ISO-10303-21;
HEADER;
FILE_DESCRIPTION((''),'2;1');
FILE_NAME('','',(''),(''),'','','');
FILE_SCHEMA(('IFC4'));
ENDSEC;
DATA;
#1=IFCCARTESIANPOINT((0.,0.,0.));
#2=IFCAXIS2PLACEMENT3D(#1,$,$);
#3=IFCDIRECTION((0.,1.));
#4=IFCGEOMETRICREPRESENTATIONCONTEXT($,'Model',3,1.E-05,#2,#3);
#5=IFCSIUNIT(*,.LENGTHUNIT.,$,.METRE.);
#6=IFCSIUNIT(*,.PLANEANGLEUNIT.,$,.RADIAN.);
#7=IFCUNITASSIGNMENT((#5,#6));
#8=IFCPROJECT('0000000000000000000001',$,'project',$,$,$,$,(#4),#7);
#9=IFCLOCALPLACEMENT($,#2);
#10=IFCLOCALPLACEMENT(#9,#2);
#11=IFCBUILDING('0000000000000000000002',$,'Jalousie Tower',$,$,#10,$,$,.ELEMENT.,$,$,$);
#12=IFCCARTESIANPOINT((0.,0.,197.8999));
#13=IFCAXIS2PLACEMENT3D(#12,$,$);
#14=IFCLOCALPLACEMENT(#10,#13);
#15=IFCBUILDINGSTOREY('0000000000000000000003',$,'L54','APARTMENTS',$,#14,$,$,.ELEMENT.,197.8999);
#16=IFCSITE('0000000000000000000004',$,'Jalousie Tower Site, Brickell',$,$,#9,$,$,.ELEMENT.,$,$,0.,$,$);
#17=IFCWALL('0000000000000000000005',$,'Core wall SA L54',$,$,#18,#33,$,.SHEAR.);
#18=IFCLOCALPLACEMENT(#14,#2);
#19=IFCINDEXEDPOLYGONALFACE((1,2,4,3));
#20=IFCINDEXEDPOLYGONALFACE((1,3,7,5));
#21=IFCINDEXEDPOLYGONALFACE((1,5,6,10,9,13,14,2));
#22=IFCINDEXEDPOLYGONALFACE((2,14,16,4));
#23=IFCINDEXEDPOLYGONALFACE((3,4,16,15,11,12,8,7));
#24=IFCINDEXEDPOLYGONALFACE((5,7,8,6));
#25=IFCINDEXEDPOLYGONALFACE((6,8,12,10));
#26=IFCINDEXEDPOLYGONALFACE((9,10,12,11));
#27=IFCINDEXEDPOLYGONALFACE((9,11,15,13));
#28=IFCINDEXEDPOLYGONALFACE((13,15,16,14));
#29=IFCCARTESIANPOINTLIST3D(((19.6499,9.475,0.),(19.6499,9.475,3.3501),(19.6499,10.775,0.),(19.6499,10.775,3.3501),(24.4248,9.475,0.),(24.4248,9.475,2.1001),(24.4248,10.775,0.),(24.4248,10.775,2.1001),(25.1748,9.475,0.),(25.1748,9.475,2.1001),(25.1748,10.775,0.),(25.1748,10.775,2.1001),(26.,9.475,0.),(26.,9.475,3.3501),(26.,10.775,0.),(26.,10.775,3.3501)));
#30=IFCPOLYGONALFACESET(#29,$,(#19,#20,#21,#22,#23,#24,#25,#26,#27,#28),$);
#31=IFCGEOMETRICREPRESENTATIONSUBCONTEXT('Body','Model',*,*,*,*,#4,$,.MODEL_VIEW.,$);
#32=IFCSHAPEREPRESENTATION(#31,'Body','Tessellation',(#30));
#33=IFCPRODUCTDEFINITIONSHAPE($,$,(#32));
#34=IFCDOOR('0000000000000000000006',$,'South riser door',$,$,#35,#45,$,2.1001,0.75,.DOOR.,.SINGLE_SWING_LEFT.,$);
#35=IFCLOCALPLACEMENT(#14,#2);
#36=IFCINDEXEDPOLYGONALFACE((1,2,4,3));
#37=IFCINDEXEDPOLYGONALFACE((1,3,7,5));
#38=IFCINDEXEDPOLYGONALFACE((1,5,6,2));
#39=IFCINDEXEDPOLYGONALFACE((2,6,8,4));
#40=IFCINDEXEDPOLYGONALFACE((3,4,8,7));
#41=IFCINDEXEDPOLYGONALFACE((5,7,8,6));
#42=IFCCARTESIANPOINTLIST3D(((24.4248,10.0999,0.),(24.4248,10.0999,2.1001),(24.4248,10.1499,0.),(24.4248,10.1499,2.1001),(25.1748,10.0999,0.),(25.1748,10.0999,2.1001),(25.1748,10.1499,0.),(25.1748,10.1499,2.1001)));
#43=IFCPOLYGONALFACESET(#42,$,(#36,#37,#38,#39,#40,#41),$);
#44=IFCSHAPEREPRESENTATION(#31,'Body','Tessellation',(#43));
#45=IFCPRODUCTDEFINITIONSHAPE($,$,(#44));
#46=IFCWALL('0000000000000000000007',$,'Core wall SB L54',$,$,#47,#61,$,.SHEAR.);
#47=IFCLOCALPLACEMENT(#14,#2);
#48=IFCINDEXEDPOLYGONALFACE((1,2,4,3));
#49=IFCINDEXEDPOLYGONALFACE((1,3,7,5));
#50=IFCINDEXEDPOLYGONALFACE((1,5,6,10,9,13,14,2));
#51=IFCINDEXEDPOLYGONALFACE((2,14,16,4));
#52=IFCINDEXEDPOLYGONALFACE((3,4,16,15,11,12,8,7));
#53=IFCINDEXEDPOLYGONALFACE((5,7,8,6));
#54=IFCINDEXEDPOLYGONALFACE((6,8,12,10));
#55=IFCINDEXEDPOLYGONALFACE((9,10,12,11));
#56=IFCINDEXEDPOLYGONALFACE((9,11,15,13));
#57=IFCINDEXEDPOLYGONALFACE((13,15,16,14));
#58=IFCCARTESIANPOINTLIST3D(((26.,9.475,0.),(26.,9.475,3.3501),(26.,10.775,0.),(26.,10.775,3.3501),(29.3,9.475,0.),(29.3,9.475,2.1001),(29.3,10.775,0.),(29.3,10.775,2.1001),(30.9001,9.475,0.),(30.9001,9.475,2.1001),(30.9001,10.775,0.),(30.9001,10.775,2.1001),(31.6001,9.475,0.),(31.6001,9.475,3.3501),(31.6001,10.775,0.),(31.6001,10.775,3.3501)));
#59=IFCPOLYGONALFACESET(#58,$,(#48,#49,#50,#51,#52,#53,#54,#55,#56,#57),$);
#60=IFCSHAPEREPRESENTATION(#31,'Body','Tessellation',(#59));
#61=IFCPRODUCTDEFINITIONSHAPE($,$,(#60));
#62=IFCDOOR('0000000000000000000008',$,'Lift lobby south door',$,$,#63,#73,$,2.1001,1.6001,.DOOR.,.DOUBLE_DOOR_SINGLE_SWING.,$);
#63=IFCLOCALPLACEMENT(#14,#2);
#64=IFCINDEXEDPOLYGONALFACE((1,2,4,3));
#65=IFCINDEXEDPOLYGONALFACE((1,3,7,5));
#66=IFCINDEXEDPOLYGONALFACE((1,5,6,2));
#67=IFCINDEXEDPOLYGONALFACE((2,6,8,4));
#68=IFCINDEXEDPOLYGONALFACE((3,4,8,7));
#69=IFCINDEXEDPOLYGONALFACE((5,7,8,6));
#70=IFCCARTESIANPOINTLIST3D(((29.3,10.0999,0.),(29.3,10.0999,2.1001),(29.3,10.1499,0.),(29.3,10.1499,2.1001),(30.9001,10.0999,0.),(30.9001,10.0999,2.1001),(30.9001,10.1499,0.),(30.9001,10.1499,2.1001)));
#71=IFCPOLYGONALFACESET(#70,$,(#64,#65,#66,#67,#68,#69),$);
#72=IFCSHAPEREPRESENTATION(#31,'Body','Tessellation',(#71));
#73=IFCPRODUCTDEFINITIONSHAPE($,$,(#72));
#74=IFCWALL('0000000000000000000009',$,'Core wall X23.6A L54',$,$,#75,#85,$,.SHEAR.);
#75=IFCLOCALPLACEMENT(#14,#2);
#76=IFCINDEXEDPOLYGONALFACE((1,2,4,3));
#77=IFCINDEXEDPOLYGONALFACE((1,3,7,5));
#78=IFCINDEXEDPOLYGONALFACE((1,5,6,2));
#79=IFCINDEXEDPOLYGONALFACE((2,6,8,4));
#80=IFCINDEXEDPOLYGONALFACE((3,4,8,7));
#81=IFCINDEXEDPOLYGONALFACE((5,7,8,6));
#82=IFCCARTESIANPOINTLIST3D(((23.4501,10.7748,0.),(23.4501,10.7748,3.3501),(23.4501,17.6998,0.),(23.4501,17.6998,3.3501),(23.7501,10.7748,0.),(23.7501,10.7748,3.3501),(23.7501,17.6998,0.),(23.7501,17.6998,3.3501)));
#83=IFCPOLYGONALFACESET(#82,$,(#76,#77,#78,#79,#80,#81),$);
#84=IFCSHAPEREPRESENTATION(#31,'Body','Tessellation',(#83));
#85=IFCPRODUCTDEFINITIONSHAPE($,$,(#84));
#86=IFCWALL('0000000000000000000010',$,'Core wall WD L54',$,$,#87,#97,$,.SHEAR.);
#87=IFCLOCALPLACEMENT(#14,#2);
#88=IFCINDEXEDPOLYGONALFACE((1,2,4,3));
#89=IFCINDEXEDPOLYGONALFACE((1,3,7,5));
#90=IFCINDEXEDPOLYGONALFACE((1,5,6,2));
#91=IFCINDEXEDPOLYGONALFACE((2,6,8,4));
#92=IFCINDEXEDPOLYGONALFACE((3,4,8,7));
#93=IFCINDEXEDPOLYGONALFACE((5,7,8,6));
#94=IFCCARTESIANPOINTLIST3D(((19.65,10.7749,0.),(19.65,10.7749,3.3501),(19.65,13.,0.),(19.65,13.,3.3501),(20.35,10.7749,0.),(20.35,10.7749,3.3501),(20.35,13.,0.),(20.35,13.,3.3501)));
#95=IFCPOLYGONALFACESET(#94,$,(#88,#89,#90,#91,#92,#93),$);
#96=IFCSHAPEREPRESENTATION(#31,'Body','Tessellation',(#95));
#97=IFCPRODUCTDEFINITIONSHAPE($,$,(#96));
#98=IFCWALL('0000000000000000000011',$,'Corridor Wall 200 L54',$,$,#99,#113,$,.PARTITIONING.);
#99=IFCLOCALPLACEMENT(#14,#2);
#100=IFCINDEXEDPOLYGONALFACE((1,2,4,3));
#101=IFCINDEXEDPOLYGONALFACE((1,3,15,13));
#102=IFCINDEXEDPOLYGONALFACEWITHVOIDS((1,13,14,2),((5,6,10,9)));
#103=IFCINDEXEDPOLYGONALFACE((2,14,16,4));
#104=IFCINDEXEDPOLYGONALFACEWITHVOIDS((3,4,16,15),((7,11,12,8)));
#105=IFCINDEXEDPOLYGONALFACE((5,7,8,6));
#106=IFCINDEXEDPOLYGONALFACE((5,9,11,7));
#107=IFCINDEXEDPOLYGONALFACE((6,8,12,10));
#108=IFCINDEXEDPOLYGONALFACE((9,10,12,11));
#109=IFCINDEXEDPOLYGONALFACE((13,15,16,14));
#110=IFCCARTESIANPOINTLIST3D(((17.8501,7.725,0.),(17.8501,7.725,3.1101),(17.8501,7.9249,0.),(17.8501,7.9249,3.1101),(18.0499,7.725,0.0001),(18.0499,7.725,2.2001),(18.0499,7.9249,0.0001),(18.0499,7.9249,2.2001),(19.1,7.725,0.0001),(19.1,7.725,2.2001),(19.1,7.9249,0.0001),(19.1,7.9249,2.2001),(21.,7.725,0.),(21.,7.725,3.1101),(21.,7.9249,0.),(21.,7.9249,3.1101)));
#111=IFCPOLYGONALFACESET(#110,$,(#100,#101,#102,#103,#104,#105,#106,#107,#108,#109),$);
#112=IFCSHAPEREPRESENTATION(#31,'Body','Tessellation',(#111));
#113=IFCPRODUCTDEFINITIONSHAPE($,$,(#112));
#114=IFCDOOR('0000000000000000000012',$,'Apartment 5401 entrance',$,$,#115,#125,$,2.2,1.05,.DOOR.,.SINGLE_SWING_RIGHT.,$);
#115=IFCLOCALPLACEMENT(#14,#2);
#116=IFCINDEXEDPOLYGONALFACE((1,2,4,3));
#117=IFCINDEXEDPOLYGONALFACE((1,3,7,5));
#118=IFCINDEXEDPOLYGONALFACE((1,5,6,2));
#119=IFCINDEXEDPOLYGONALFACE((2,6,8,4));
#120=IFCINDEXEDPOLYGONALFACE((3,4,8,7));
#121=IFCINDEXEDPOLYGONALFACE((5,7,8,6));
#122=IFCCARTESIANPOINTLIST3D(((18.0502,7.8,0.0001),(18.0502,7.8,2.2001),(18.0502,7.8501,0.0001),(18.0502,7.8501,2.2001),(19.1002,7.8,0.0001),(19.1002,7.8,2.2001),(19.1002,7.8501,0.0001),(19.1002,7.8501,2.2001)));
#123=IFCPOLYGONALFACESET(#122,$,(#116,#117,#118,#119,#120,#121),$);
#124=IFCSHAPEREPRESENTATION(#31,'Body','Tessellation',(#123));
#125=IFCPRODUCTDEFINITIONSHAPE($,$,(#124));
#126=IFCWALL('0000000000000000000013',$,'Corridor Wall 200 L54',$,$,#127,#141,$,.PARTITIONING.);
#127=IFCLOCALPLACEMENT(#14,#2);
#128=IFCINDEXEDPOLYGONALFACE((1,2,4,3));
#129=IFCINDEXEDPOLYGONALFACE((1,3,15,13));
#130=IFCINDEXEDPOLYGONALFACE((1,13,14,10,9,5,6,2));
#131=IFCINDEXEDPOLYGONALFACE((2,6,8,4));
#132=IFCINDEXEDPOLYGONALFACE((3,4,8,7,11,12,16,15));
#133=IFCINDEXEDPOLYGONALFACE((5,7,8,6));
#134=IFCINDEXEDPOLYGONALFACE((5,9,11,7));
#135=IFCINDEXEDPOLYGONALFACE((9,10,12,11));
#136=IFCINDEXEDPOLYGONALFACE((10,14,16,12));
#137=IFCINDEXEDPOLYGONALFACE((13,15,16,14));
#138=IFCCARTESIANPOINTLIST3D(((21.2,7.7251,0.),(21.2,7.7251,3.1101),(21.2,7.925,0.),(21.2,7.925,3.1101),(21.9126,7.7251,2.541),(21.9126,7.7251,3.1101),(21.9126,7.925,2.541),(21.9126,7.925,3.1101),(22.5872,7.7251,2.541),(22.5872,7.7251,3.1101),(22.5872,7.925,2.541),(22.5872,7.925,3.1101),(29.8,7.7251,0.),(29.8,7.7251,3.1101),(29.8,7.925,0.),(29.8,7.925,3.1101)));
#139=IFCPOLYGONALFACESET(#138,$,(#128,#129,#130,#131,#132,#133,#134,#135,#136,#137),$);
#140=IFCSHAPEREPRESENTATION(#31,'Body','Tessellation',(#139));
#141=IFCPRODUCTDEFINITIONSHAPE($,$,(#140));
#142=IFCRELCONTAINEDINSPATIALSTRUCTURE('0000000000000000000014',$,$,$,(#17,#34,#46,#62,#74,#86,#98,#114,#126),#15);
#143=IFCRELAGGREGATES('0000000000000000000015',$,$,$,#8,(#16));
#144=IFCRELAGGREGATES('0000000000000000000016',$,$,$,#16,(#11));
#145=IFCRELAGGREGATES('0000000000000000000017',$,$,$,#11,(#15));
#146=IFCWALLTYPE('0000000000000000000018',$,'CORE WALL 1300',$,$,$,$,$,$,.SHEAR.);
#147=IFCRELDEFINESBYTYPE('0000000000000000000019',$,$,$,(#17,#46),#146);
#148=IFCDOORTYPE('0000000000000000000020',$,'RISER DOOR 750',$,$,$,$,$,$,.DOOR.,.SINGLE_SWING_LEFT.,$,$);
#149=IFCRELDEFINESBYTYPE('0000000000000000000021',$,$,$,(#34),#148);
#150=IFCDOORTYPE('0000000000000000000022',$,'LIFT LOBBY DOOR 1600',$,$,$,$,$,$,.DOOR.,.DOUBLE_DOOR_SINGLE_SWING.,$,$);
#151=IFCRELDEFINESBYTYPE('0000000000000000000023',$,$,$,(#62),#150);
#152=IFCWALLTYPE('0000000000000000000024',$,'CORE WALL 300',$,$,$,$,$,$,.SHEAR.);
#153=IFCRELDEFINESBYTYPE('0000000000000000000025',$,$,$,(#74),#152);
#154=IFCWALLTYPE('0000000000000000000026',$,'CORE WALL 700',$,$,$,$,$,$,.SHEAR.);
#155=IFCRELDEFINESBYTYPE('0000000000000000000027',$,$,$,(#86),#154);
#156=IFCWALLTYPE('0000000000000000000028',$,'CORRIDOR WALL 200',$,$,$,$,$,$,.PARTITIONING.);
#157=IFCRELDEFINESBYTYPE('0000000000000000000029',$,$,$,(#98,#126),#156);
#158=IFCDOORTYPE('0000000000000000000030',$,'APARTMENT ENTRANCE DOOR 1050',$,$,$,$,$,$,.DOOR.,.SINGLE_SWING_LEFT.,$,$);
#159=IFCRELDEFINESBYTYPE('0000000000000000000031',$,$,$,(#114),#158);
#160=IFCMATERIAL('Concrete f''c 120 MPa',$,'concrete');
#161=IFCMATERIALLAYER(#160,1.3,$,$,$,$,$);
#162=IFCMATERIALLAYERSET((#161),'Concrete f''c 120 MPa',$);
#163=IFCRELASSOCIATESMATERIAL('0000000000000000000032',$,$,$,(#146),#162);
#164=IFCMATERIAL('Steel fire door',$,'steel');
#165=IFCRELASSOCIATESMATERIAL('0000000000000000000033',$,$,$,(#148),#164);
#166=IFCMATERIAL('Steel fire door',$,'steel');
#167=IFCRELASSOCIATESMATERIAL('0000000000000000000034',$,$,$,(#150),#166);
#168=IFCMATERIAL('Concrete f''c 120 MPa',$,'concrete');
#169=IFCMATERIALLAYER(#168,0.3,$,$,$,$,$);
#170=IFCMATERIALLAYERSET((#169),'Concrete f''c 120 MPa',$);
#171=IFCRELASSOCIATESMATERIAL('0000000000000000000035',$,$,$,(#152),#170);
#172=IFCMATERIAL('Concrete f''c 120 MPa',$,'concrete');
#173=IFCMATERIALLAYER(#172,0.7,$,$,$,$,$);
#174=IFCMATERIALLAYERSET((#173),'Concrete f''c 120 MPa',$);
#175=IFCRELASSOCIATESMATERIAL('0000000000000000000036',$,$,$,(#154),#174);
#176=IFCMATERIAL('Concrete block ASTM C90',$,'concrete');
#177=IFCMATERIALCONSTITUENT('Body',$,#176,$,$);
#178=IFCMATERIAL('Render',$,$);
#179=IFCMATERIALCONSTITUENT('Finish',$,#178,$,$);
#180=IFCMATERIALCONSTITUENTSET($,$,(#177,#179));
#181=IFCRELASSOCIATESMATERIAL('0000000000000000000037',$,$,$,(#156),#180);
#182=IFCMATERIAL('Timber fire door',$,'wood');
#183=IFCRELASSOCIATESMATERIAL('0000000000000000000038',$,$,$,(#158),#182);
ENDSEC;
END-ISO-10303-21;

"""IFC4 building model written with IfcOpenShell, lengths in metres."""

from ifc_helpers import new_model, si_unit, direction, frame, frame_2d, origin, place, context, subcontext, project, spatial, polyline, rectangle, outline, extrude, material, layer, layer_set, constituent, constituent_set, type_object, element, fill, save


model = new_model("IFC4")

# Units and contexts
model_context = context("Model", 3, precision=1e-05, world=origin(), true_north=direction((0.0, 1.0)))
body_context = subcontext(model_context, "Body", "Model", "MODEL_VIEW")
ifc_project = project(units=[si_unit("LENGTHUNIT", "METRE"), si_unit("PLANEANGLEUNIT", "RADIAN")], contexts=[model_context])

# Site, building, storey
site_placement = place(None, origin())
site = spatial("IfcSite", under=ifc_project, at=site_placement, Name="Jalousie Tower Site, Brickell", CompositionType="ELEMENT", RefElevation=0.0)
building_placement = place(site_placement, origin())
building = spatial("IfcBuilding", under=site, at=building_placement, Name="Jalousie Tower", CompositionType="ELEMENT")
storey_placement = place(building_placement, frame((0.0, 0.0, 197.8999)))
storey = spatial("IfcBuildingStorey", under=building, at=storey_placement, Name="L54", Description="APARTMENTS", CompositionType="ELEMENT", Elevation=197.8999)

# Walls, openings, doors
ifc_material_1 = material(Name="Concrete f'c 120 MPa", Category="concrete")
ifc_layer_1 = layer(ifc_material_1, 1.3)
ifc_layer_set_1 = layer_set([ifc_layer_1], Name="Concrete f'c 120 MPa")
wall_type_1 = type_object("IfcWallType", Name="CORE WALL 1300", PredefinedType="SHEAR", material=ifc_layer_set_1)
wall_1_placement = place(storey_placement, frame((19.6499, 10.125, 0.0), z_axis=(0.0, 0.0, 1.0), x_axis=(1.0, 0.0, 0.0)))
wall_1 = element("IfcWall", 1, at=wall_1_placement, inside=storey, type_object=wall_type_1, Name="Core wall SA L54", PredefinedType="SHEAR", context=body_context, shape_type="SweptSolid", body=[
    extrude(rectangle(XDim=6.3501, YDim=1.3, at=frame_2d((3.175, 0.0))), origin(), (0.0, 0.0, 1.0), 3.3501),
])
opening_1_placement = place(wall_1_placement, frame((4.7749, 0.0, 0.0)))
opening_1 = element("IfcOpeningElement", 2, at=opening_1_placement, cuts=wall_1, PredefinedType="OPENING", context=body_context, shape_type="SweptSolid", body=[
    extrude(rectangle(XDim=0.75, YDim=2.1001, at=frame_2d((0.375, 1.05))), frame((0.0, 0.6599, 0.0), z_axis=(0.0, -1.0, 0.0), x_axis=(1.0, 0.0, 0.0)), (0.0, 0.0, 1.0), 1.3201),
])
ifc_material_2 = material(Name="Steel fire door", Category="steel")
door_type_1 = type_object("IfcDoorType", Name="RISER DOOR 750", OperationType="SINGLE_SWING_LEFT", PredefinedType="DOOR", material=ifc_material_2)
door_1_placement = place(opening_1_placement, origin())
door_1 = element("IfcDoor", 3, at=door_1_placement, inside=storey, type_object=door_type_1, Name="South riser door", OperationType="SINGLE_SWING_LEFT", OverallHeight=2.1001, OverallWidth=0.75, PredefinedType="DOOR", context=body_context, shape_type="SweptSolid", body=[
    extrude(rectangle(XDim=0.75, YDim=2.1001, at=frame_2d((0.375, 1.05))), frame((0.0, 0.0249, 0.0), z_axis=(0.0, -1.0, 0.0), x_axis=(1.0, 0.0, 0.0)), (0.0, 0.0, 1.0), 0.05),
])
fill(opening_1, door_1)
wall_2_placement = place(storey_placement, frame((26.0, 10.125, 0.0), z_axis=(0.0, 0.0, 1.0), x_axis=(1.0, 0.0, 0.0)))
wall_2 = element("IfcWall", 4, at=wall_2_placement, inside=storey, type_object=wall_type_1, Name="Core wall SB L54", PredefinedType="SHEAR", context=body_context, shape_type="SweptSolid", body=[
    extrude(rectangle(XDim=5.6001, YDim=1.3, at=frame_2d((2.8, 0.0))), origin(), (0.0, 0.0, 1.0), 3.3501),
])
opening_2_placement = place(wall_2_placement, frame((3.3, 0.0, 0.0)))
opening_2 = element("IfcOpeningElement", 5, at=opening_2_placement, cuts=wall_2, PredefinedType="OPENING", context=body_context, shape_type="SweptSolid", body=[
    extrude(rectangle(XDim=1.6001, YDim=2.1001, at=frame_2d((0.8, 1.05))), frame((0.0, 0.6599, 0.0), z_axis=(0.0, -1.0, 0.0), x_axis=(1.0, 0.0, 0.0)), (0.0, 0.0, 1.0), 1.3201),
])
ifc_material_3 = material(Name="Steel fire door", Category="steel")
door_type_2 = type_object("IfcDoorType", Name="LIFT LOBBY DOOR 1600", OperationType="DOUBLE_DOOR_SINGLE_SWING", PredefinedType="DOOR", material=ifc_material_3)
door_2_placement = place(opening_2_placement, origin())
door_2 = element("IfcDoor", 6, at=door_2_placement, inside=storey, type_object=door_type_2, Name="Lift lobby south door", OperationType="DOUBLE_DOOR_SINGLE_SWING", OverallHeight=2.1001, OverallWidth=1.6001, PredefinedType="DOOR", context=body_context, shape_type="SweptSolid", body=[
    extrude(rectangle(XDim=1.6001, YDim=2.1001, at=frame_2d((0.8, 1.05))), frame((0.0, 0.0249, 0.0), z_axis=(0.0, -1.0, 0.0), x_axis=(1.0, 0.0, 0.0)), (0.0, 0.0, 1.0), 0.05),
])
fill(opening_2, door_2)

# Walls
ifc_material_4 = material(Name="Concrete f'c 120 MPa", Category="concrete")
ifc_layer_2 = layer(ifc_material_4, 0.3)
ifc_layer_set_2 = layer_set([ifc_layer_2], Name="Concrete f'c 120 MPa")
wall_type_2 = type_object("IfcWallType", Name="CORE WALL 300", PredefinedType="SHEAR", material=ifc_layer_set_2)
wall_3_placement = place(storey_placement, frame((23.6001, 10.7749, 0.0), z_axis=(0.0, 0.0, 1.0), x_axis=(0.0, 1.0, 0.0)))
element("IfcWall", 7, at=wall_3_placement, inside=storey, type_object=wall_type_2, Name="Core wall X23.6A L54", PredefinedType="SHEAR", context=body_context, shape_type="SweptSolid", body=[
    extrude(rectangle(XDim=6.925, YDim=0.3, at=frame_2d((3.4624, 0.0))), origin(), (0.0, 0.0, 1.0), 3.3501),
])
ifc_material_5 = material(Name="Concrete f'c 120 MPa", Category="concrete")
ifc_layer_3 = layer(ifc_material_5, 0.7)
ifc_layer_set_3 = layer_set([ifc_layer_3], Name="Concrete f'c 120 MPa")
wall_type_3 = type_object("IfcWallType", Name="CORE WALL 700", PredefinedType="SHEAR", material=ifc_layer_set_3)
wall_4_placement = place(storey_placement, frame((20.0, 13.0, 0.0), z_axis=(0.0, 0.0, 1.0), x_axis=(0.0, -1.0, 0.0)))
element("IfcWall", 8, at=wall_4_placement, inside=storey, type_object=wall_type_3, Name="Core wall WD L54", PredefinedType="SHEAR", context=body_context, shape_type="SweptSolid", body=[
    extrude(rectangle(XDim=2.2251, YDim=0.7, at=frame_2d((1.1125, 0.0))), origin(), (0.0, 0.0, 1.0), 3.3501),
])

# Wall, opening, door
ifc_material_6 = material(Name="Concrete block ASTM C90", Category="concrete")
ifc_constituent_1 = constituent(ifc_material_6, Name="Body")
ifc_material_7 = material(Name="Render")
ifc_constituent_2 = constituent(ifc_material_7, Name="Finish")
ifc_constituent_set_1 = constituent_set(constituents=[ifc_constituent_1, ifc_constituent_2])
wall_type_4 = type_object("IfcWallType", Name="CORRIDOR WALL 200", PredefinedType="PARTITIONING", material=ifc_constituent_set_1)
wall_5_placement = place(storey_placement, frame((17.8501, 7.825, 0.0), z_axis=(0.0, 0.0, 1.0), x_axis=(1.0, 0.0, 0.0)))
wall_5 = element("IfcWall", 9, at=wall_5_placement, inside=storey, type_object=wall_type_4, Name="Corridor Wall 200 L54", PredefinedType="PARTITIONING", context=body_context, shape_type="SweptSolid", body=[
    extrude(rectangle(XDim=3.1499, YDim=0.2, at=frame_2d((1.575, 0.0))), origin(), (0.0, 0.0, 1.0), 3.1101),
])
opening_3_placement = place(wall_5_placement, frame((0.2, 0.0, 0.0)))
opening_3 = element("IfcOpeningElement", 10, at=opening_3_placement, cuts=wall_5, PredefinedType="OPENING", context=body_context, shape_type="SweptSolid", body=[
    extrude(rectangle(XDim=1.05, YDim=2.2, at=frame_2d((0.5249, 1.1001))), frame((0.0, 0.1099, 0.0), z_axis=(0.0, -1.0, 0.0), x_axis=(1.0, 0.0, 0.0)), (0.0, 0.0, 1.0), 0.22),
])
ifc_material_8 = material(Name="Timber fire door", Category="wood")
door_type_3 = type_object("IfcDoorType", Name="APARTMENT ENTRANCE DOOR 1050", OperationType="SINGLE_SWING_LEFT", PredefinedType="DOOR", material=ifc_material_8)
door_3_placement = place(opening_3_placement, frame((1.05, 0.0, 0.0), z_axis=(0.0, 0.0, 1.0), x_axis=(-1.0, 0.0, 0.0)))
door_3 = element("IfcDoor", 11, at=door_3_placement, inside=storey, type_object=door_type_3, Name="Apartment 5401 entrance", OperationType="SINGLE_SWING_RIGHT", OverallHeight=2.2, OverallWidth=1.05, PredefinedType="DOOR", context=body_context, shape_type="SweptSolid", body=[
    extrude(rectangle(XDim=1.05, YDim=2.2, at=frame_2d((0.5249, 1.1001))), frame((0.0, 0.0249, 0.0), z_axis=(0.0, -1.0, 0.0), x_axis=(1.0, 0.0, 0.0)), (0.0, 0.0, 1.0), 0.05),
])
fill(opening_3, door_3)

# Wall
wall_6_placement = place(storey_placement, frame((21.2, 7.825, 0.0), z_axis=(0.0, 0.0, 1.0), x_axis=(1.0, 0.0, 0.0)))
element("IfcWall", 12, at=wall_6_placement, inside=storey, type_object=wall_type_4, Name="Corridor Wall 200 L54", PredefinedType="PARTITIONING", context=body_context, shape_type="SweptSolid", body=[
    extrude(outline(polyline([(0.0, 0.0), (8.6001, 0.0), (8.6001, 3.1101), (1.3872, 3.1101), (1.3872, 2.541), (0.7126, 2.541), (0.7126, 3.1101), (0.0, 3.1101), (0.0, 0.0)])), frame((0.0, 0.1001, 0.0), z_axis=(0.0, -1.0, 0.0), x_axis=(1.0, 0.0, 0.0)), (0.0, 0.0, 1.0), 0.2),
])

save(model, "model.ifc")
